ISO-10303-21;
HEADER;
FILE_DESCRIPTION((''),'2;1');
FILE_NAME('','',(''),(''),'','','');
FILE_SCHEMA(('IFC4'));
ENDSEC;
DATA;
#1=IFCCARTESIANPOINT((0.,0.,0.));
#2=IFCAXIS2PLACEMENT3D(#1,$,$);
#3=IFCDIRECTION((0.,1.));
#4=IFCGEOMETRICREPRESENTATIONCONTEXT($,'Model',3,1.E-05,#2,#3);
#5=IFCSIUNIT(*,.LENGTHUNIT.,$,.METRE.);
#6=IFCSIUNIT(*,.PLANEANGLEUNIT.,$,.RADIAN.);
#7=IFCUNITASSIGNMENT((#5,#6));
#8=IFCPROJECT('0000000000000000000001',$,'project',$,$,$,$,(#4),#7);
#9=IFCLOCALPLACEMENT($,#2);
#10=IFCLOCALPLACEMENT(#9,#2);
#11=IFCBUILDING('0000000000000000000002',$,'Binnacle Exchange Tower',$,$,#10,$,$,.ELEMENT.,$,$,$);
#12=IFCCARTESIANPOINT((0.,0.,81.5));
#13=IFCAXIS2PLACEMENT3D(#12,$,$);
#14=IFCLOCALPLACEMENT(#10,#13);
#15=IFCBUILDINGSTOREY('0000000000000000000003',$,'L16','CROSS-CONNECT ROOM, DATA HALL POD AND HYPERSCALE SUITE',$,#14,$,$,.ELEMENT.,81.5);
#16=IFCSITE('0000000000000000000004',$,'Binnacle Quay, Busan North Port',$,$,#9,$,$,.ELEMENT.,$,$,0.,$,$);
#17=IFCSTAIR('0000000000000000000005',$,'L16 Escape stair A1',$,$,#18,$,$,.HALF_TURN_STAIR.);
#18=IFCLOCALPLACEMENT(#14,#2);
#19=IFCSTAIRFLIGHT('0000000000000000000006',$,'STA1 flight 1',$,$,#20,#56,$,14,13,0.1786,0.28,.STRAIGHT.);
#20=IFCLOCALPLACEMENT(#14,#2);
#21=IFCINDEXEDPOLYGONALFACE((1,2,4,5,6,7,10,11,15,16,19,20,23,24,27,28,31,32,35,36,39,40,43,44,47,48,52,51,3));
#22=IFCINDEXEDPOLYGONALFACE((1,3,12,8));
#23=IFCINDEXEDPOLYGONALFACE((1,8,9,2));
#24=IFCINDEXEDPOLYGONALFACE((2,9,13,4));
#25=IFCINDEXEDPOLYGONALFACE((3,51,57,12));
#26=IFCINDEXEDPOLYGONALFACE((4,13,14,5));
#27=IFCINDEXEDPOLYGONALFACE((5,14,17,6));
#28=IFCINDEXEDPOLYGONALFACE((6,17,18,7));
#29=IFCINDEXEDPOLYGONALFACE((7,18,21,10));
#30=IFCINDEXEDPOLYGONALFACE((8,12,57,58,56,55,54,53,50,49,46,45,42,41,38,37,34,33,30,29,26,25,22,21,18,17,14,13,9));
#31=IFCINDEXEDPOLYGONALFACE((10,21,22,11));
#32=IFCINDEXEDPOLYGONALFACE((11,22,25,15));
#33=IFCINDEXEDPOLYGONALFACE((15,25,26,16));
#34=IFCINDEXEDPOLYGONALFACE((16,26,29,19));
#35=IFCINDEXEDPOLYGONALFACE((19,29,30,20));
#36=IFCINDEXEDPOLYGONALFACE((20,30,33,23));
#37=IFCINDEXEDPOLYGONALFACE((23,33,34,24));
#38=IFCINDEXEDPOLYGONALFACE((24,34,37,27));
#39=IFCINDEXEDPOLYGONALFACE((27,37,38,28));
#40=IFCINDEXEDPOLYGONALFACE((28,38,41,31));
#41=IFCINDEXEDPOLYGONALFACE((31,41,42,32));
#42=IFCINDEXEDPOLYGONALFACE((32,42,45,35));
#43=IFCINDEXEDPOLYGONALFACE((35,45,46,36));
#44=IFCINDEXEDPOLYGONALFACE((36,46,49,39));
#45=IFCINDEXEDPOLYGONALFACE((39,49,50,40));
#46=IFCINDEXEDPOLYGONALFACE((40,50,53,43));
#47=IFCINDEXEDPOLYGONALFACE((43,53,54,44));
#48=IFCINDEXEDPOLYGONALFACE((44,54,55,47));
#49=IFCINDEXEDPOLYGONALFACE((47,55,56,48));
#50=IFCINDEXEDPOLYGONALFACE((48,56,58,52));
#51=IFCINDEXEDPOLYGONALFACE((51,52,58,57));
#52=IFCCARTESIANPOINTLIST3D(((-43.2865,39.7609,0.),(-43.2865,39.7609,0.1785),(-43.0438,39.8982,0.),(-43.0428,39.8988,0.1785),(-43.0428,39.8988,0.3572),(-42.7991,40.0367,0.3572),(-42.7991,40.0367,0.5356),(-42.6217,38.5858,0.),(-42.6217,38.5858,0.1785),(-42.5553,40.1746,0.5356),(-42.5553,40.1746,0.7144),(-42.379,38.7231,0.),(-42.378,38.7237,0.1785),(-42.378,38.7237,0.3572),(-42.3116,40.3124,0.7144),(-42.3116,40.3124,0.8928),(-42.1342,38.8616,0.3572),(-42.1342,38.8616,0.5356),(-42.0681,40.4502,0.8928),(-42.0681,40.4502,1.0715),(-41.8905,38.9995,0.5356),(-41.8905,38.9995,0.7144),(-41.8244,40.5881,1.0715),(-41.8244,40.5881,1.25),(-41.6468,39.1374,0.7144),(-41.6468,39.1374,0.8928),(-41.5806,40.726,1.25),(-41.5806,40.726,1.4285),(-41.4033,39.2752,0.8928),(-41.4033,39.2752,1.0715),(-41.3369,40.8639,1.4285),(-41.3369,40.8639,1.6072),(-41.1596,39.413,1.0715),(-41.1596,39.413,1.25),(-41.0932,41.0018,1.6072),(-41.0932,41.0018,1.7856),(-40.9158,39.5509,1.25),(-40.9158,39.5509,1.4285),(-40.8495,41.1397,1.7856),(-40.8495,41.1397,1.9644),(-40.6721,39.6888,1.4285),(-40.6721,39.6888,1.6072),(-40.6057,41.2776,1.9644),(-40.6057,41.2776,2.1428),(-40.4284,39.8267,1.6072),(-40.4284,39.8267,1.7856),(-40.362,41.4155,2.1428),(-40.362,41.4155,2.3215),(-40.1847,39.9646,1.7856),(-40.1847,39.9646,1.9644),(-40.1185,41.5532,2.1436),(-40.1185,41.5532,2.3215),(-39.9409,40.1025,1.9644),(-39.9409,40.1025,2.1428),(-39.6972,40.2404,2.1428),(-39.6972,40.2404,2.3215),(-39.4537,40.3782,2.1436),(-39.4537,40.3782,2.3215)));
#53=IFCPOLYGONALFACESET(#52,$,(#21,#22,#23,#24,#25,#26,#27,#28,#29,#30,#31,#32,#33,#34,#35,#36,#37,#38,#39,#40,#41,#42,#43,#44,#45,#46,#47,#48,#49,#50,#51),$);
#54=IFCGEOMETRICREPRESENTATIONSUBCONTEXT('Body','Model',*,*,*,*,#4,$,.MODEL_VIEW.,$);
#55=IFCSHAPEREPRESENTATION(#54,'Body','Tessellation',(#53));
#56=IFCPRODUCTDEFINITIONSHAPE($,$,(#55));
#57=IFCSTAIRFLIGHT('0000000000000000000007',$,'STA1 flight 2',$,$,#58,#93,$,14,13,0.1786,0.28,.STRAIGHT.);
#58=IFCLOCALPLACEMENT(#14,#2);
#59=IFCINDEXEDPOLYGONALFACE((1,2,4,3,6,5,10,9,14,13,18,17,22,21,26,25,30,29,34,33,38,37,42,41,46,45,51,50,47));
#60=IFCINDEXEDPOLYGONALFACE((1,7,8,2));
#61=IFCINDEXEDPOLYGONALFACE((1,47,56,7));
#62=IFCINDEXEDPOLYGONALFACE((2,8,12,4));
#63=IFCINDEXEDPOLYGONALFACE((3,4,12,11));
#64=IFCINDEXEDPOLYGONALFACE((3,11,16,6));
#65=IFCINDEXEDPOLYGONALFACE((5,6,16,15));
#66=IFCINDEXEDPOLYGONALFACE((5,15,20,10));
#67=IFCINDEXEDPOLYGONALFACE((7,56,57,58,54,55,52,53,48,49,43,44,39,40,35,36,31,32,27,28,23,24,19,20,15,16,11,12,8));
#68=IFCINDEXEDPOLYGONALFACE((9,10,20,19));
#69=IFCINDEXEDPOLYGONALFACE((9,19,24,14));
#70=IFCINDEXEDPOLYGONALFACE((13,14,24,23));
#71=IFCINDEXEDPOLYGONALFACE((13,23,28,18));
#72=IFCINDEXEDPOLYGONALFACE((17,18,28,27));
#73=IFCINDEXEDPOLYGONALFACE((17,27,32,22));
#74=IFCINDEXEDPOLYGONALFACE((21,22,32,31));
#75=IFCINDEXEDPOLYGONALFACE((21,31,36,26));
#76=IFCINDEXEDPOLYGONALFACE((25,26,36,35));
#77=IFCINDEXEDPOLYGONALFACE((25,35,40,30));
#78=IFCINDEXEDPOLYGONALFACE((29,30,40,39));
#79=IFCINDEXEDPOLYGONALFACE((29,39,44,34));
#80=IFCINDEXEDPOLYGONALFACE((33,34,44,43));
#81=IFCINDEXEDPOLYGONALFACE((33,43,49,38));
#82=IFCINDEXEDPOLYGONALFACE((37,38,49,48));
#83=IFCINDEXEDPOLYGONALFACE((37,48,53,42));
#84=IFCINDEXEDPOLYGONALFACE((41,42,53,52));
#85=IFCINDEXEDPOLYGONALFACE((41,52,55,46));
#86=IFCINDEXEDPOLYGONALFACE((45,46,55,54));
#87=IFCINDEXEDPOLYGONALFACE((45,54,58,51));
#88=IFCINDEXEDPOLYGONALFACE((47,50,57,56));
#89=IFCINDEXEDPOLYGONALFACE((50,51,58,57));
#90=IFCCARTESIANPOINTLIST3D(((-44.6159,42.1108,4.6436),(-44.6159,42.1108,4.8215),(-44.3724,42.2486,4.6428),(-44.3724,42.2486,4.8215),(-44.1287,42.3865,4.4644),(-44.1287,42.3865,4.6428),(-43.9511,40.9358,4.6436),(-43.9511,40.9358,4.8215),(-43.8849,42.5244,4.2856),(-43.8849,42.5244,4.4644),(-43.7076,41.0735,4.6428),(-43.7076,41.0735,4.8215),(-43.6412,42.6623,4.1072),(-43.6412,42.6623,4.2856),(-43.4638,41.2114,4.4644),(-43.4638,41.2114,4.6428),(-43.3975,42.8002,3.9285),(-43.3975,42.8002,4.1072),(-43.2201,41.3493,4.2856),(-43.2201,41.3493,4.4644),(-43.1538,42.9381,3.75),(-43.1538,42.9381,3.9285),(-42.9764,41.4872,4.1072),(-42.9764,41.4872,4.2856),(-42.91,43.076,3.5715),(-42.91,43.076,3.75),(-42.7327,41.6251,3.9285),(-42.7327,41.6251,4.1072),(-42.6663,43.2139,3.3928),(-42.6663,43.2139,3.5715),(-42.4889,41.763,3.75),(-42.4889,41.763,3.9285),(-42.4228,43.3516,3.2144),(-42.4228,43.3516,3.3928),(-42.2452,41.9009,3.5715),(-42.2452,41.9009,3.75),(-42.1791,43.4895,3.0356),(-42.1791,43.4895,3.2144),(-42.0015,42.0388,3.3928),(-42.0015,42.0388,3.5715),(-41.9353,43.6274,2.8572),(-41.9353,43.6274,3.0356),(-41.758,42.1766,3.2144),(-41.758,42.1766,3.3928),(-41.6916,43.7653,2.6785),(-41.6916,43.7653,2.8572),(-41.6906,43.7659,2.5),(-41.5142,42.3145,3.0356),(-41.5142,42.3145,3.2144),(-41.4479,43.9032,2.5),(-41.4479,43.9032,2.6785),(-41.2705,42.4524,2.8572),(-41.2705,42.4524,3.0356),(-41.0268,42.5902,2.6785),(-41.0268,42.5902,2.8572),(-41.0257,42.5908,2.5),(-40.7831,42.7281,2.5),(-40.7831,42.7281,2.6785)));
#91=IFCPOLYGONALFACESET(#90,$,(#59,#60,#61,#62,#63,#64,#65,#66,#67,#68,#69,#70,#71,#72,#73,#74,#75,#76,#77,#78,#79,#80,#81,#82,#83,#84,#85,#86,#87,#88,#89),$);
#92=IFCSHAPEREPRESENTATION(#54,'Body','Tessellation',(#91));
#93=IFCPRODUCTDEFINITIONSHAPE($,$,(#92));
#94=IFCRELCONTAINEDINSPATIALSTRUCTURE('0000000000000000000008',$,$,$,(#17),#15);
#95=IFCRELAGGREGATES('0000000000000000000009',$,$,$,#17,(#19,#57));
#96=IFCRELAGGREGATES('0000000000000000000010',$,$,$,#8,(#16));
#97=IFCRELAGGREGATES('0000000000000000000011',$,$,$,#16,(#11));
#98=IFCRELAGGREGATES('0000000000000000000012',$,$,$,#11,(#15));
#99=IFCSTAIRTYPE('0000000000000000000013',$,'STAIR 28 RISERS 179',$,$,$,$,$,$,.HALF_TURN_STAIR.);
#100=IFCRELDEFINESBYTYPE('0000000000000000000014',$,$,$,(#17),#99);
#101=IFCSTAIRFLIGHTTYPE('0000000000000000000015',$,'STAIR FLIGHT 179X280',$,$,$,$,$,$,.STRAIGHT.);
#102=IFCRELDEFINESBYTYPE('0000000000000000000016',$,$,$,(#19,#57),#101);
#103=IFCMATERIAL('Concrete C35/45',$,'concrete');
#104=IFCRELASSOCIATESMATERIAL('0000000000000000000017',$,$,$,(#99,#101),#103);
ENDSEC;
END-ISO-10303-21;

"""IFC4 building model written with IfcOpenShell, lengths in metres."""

from ifc_helpers import new_model, si_unit, direction, frame, origin, place, context, subcontext, project, spatial, polyline, outline, extrude, material, type_object, element, aggregate, save


model = new_model("IFC4")

# Units and contexts
model_context = context("Model", 3, precision=1e-05, world=origin(), true_north=direction((0.0, 1.0)))
body_context = subcontext(model_context, "Body", "Model", "MODEL_VIEW")
ifc_project = project(units=[si_unit("LENGTHUNIT", "METRE"), si_unit("PLANEANGLEUNIT", "RADIAN")], contexts=[model_context])

# Site, building, storey
site_placement = place(None, origin())
site = spatial("IfcSite", under=ifc_project, at=site_placement, Name="Binnacle Quay, Busan North Port", CompositionType="ELEMENT", RefElevation=0.0)
building_placement = place(site_placement, origin())
building = spatial("IfcBuilding", under=site, at=building_placement, Name="Binnacle Exchange Tower", CompositionType="ELEMENT")
storey_placement = place(building_placement, frame((0.0, 0.0, 81.5)))
storey = spatial("IfcBuildingStorey", under=building, at=storey_placement, Name="L16", Description="CROSS-CONNECT ROOM, DATA HALL POD AND HYPERSCALE SUITE", CompositionType="ELEMENT", Elevation=81.5)

# Stair, stair flights
ifc_material_1 = material(Name="Concrete C35/45", Category="concrete")
stair_type = type_object("IfcStairType", Name="STAIR 28 RISERS 179", PredefinedType="HALF_TURN_STAIR", material=ifc_material_1)
stair_placement = place(storey_placement, origin())
stair = element("IfcStair", 1, at=stair_placement, inside=storey, type_object=stair_type, Name="L16 Escape stair A1", PredefinedType="HALF_TURN_STAIR")
stair_flight_type = type_object("IfcStairFlightType", Name="STAIR FLIGHT 179X280", PredefinedType="STRAIGHT", material=ifc_material_1)
stair_flight_1_placement = place(storey_placement, frame((-42.9541, 39.1733, 0.0), z_axis=(0.0, 0.0, 1.0), x_axis=(0.870356, 0.492424, 0.0)))
stair_flight_1 = element("IfcStairFlight", 2, at=stair_flight_1_placement, type_object=stair_flight_type, Name="STA1 flight 1", NumberOfRisers=14, NumberOfTreads=13, PredefinedType="STRAIGHT", RiserHeight=0.1786, TreadLength=0.28, context=body_context, shape_type="SweptSolid", body=[
    extrude(outline(polyline([(0.0, 0.0), (0.0, 0.1785), (0.28, 0.1785), (0.28, 0.3572), (0.5601, 0.3572), (0.5601, 0.5356), (0.8401, 0.5356), (0.8401, 0.7144), (1.1201, 0.7144), (1.1201, 0.8928), (1.3999, 0.8928), (1.3999, 1.0715), (1.6799, 1.0715), (1.6799, 1.25), (1.96, 1.25), (1.96, 1.4285), (2.24, 1.4285), (2.24, 1.6072), (2.52, 1.6072), (2.52, 1.7856), (2.8, 1.7856), (2.8, 1.9644), (3.0801, 1.9644), (3.0801, 2.1428), (3.3601, 2.1428), (3.3601, 2.3215), (3.6399, 2.3215), (3.6399, 2.5), (3.6399, 2.1436), (0.2788, 0.0), (0.0, 0.0)])), frame((0.0, 0.675, 0.0), z_axis=(0.0, -1.0, 0.0), x_axis=(1.0, 0.0, 0.0)), (0.0, 0.0, 1.0), 1.3501),
])
stair_flight_2_placement = place(storey_placement, frame((-41.1155, 43.3157, 2.5), z_axis=(0.0, 0.0, 1.0), x_axis=(-0.870356, -0.492424, 0.0)))
stair_flight_2 = element("IfcStairFlight", 3, at=stair_flight_2_placement, type_object=stair_flight_type, Name="STA1 flight 2", NumberOfRisers=14, NumberOfTreads=13, PredefinedType="STRAIGHT", RiserHeight=0.1786, TreadLength=0.28, context=body_context, shape_type="SweptSolid", body=[
    extrude(outline(polyline([(0.0, 0.0), (0.0, 0.1785), (0.28, 0.1785), (0.28, 0.3572), (0.5601, 0.3572), (0.5601, 0.5356), (0.8401, 0.5356), (0.8401, 0.7144), (1.1201, 0.7144), (1.1201, 0.8928), (1.3999, 0.8928), (1.3999, 1.0715), (1.6799, 1.0715), (1.6799, 1.25), (1.96, 1.25), (1.96, 1.4285), (2.24, 1.4285), (2.24, 1.6072), (2.52, 1.6072), (2.52, 1.7856), (2.8, 1.7856), (2.8, 1.9644), (3.0801, 1.9644), (3.0801, 2.1428), (3.3601, 2.1428), (3.3601, 2.3215), (3.6399, 2.3215), (3.6399, 2.5), (3.6399, 2.1436), (0.2788, 0.0), (0.0, 0.0)])), frame((0.0, 0.675, 0.0), z_axis=(0.0, -1.0, 0.0), x_axis=(1.0, 0.0, 0.0)), (0.0, 0.0, 1.0), 1.3501),
])
aggregate(stair, [stair_flight_1, stair_flight_2])

save(model, "model.ifc")
